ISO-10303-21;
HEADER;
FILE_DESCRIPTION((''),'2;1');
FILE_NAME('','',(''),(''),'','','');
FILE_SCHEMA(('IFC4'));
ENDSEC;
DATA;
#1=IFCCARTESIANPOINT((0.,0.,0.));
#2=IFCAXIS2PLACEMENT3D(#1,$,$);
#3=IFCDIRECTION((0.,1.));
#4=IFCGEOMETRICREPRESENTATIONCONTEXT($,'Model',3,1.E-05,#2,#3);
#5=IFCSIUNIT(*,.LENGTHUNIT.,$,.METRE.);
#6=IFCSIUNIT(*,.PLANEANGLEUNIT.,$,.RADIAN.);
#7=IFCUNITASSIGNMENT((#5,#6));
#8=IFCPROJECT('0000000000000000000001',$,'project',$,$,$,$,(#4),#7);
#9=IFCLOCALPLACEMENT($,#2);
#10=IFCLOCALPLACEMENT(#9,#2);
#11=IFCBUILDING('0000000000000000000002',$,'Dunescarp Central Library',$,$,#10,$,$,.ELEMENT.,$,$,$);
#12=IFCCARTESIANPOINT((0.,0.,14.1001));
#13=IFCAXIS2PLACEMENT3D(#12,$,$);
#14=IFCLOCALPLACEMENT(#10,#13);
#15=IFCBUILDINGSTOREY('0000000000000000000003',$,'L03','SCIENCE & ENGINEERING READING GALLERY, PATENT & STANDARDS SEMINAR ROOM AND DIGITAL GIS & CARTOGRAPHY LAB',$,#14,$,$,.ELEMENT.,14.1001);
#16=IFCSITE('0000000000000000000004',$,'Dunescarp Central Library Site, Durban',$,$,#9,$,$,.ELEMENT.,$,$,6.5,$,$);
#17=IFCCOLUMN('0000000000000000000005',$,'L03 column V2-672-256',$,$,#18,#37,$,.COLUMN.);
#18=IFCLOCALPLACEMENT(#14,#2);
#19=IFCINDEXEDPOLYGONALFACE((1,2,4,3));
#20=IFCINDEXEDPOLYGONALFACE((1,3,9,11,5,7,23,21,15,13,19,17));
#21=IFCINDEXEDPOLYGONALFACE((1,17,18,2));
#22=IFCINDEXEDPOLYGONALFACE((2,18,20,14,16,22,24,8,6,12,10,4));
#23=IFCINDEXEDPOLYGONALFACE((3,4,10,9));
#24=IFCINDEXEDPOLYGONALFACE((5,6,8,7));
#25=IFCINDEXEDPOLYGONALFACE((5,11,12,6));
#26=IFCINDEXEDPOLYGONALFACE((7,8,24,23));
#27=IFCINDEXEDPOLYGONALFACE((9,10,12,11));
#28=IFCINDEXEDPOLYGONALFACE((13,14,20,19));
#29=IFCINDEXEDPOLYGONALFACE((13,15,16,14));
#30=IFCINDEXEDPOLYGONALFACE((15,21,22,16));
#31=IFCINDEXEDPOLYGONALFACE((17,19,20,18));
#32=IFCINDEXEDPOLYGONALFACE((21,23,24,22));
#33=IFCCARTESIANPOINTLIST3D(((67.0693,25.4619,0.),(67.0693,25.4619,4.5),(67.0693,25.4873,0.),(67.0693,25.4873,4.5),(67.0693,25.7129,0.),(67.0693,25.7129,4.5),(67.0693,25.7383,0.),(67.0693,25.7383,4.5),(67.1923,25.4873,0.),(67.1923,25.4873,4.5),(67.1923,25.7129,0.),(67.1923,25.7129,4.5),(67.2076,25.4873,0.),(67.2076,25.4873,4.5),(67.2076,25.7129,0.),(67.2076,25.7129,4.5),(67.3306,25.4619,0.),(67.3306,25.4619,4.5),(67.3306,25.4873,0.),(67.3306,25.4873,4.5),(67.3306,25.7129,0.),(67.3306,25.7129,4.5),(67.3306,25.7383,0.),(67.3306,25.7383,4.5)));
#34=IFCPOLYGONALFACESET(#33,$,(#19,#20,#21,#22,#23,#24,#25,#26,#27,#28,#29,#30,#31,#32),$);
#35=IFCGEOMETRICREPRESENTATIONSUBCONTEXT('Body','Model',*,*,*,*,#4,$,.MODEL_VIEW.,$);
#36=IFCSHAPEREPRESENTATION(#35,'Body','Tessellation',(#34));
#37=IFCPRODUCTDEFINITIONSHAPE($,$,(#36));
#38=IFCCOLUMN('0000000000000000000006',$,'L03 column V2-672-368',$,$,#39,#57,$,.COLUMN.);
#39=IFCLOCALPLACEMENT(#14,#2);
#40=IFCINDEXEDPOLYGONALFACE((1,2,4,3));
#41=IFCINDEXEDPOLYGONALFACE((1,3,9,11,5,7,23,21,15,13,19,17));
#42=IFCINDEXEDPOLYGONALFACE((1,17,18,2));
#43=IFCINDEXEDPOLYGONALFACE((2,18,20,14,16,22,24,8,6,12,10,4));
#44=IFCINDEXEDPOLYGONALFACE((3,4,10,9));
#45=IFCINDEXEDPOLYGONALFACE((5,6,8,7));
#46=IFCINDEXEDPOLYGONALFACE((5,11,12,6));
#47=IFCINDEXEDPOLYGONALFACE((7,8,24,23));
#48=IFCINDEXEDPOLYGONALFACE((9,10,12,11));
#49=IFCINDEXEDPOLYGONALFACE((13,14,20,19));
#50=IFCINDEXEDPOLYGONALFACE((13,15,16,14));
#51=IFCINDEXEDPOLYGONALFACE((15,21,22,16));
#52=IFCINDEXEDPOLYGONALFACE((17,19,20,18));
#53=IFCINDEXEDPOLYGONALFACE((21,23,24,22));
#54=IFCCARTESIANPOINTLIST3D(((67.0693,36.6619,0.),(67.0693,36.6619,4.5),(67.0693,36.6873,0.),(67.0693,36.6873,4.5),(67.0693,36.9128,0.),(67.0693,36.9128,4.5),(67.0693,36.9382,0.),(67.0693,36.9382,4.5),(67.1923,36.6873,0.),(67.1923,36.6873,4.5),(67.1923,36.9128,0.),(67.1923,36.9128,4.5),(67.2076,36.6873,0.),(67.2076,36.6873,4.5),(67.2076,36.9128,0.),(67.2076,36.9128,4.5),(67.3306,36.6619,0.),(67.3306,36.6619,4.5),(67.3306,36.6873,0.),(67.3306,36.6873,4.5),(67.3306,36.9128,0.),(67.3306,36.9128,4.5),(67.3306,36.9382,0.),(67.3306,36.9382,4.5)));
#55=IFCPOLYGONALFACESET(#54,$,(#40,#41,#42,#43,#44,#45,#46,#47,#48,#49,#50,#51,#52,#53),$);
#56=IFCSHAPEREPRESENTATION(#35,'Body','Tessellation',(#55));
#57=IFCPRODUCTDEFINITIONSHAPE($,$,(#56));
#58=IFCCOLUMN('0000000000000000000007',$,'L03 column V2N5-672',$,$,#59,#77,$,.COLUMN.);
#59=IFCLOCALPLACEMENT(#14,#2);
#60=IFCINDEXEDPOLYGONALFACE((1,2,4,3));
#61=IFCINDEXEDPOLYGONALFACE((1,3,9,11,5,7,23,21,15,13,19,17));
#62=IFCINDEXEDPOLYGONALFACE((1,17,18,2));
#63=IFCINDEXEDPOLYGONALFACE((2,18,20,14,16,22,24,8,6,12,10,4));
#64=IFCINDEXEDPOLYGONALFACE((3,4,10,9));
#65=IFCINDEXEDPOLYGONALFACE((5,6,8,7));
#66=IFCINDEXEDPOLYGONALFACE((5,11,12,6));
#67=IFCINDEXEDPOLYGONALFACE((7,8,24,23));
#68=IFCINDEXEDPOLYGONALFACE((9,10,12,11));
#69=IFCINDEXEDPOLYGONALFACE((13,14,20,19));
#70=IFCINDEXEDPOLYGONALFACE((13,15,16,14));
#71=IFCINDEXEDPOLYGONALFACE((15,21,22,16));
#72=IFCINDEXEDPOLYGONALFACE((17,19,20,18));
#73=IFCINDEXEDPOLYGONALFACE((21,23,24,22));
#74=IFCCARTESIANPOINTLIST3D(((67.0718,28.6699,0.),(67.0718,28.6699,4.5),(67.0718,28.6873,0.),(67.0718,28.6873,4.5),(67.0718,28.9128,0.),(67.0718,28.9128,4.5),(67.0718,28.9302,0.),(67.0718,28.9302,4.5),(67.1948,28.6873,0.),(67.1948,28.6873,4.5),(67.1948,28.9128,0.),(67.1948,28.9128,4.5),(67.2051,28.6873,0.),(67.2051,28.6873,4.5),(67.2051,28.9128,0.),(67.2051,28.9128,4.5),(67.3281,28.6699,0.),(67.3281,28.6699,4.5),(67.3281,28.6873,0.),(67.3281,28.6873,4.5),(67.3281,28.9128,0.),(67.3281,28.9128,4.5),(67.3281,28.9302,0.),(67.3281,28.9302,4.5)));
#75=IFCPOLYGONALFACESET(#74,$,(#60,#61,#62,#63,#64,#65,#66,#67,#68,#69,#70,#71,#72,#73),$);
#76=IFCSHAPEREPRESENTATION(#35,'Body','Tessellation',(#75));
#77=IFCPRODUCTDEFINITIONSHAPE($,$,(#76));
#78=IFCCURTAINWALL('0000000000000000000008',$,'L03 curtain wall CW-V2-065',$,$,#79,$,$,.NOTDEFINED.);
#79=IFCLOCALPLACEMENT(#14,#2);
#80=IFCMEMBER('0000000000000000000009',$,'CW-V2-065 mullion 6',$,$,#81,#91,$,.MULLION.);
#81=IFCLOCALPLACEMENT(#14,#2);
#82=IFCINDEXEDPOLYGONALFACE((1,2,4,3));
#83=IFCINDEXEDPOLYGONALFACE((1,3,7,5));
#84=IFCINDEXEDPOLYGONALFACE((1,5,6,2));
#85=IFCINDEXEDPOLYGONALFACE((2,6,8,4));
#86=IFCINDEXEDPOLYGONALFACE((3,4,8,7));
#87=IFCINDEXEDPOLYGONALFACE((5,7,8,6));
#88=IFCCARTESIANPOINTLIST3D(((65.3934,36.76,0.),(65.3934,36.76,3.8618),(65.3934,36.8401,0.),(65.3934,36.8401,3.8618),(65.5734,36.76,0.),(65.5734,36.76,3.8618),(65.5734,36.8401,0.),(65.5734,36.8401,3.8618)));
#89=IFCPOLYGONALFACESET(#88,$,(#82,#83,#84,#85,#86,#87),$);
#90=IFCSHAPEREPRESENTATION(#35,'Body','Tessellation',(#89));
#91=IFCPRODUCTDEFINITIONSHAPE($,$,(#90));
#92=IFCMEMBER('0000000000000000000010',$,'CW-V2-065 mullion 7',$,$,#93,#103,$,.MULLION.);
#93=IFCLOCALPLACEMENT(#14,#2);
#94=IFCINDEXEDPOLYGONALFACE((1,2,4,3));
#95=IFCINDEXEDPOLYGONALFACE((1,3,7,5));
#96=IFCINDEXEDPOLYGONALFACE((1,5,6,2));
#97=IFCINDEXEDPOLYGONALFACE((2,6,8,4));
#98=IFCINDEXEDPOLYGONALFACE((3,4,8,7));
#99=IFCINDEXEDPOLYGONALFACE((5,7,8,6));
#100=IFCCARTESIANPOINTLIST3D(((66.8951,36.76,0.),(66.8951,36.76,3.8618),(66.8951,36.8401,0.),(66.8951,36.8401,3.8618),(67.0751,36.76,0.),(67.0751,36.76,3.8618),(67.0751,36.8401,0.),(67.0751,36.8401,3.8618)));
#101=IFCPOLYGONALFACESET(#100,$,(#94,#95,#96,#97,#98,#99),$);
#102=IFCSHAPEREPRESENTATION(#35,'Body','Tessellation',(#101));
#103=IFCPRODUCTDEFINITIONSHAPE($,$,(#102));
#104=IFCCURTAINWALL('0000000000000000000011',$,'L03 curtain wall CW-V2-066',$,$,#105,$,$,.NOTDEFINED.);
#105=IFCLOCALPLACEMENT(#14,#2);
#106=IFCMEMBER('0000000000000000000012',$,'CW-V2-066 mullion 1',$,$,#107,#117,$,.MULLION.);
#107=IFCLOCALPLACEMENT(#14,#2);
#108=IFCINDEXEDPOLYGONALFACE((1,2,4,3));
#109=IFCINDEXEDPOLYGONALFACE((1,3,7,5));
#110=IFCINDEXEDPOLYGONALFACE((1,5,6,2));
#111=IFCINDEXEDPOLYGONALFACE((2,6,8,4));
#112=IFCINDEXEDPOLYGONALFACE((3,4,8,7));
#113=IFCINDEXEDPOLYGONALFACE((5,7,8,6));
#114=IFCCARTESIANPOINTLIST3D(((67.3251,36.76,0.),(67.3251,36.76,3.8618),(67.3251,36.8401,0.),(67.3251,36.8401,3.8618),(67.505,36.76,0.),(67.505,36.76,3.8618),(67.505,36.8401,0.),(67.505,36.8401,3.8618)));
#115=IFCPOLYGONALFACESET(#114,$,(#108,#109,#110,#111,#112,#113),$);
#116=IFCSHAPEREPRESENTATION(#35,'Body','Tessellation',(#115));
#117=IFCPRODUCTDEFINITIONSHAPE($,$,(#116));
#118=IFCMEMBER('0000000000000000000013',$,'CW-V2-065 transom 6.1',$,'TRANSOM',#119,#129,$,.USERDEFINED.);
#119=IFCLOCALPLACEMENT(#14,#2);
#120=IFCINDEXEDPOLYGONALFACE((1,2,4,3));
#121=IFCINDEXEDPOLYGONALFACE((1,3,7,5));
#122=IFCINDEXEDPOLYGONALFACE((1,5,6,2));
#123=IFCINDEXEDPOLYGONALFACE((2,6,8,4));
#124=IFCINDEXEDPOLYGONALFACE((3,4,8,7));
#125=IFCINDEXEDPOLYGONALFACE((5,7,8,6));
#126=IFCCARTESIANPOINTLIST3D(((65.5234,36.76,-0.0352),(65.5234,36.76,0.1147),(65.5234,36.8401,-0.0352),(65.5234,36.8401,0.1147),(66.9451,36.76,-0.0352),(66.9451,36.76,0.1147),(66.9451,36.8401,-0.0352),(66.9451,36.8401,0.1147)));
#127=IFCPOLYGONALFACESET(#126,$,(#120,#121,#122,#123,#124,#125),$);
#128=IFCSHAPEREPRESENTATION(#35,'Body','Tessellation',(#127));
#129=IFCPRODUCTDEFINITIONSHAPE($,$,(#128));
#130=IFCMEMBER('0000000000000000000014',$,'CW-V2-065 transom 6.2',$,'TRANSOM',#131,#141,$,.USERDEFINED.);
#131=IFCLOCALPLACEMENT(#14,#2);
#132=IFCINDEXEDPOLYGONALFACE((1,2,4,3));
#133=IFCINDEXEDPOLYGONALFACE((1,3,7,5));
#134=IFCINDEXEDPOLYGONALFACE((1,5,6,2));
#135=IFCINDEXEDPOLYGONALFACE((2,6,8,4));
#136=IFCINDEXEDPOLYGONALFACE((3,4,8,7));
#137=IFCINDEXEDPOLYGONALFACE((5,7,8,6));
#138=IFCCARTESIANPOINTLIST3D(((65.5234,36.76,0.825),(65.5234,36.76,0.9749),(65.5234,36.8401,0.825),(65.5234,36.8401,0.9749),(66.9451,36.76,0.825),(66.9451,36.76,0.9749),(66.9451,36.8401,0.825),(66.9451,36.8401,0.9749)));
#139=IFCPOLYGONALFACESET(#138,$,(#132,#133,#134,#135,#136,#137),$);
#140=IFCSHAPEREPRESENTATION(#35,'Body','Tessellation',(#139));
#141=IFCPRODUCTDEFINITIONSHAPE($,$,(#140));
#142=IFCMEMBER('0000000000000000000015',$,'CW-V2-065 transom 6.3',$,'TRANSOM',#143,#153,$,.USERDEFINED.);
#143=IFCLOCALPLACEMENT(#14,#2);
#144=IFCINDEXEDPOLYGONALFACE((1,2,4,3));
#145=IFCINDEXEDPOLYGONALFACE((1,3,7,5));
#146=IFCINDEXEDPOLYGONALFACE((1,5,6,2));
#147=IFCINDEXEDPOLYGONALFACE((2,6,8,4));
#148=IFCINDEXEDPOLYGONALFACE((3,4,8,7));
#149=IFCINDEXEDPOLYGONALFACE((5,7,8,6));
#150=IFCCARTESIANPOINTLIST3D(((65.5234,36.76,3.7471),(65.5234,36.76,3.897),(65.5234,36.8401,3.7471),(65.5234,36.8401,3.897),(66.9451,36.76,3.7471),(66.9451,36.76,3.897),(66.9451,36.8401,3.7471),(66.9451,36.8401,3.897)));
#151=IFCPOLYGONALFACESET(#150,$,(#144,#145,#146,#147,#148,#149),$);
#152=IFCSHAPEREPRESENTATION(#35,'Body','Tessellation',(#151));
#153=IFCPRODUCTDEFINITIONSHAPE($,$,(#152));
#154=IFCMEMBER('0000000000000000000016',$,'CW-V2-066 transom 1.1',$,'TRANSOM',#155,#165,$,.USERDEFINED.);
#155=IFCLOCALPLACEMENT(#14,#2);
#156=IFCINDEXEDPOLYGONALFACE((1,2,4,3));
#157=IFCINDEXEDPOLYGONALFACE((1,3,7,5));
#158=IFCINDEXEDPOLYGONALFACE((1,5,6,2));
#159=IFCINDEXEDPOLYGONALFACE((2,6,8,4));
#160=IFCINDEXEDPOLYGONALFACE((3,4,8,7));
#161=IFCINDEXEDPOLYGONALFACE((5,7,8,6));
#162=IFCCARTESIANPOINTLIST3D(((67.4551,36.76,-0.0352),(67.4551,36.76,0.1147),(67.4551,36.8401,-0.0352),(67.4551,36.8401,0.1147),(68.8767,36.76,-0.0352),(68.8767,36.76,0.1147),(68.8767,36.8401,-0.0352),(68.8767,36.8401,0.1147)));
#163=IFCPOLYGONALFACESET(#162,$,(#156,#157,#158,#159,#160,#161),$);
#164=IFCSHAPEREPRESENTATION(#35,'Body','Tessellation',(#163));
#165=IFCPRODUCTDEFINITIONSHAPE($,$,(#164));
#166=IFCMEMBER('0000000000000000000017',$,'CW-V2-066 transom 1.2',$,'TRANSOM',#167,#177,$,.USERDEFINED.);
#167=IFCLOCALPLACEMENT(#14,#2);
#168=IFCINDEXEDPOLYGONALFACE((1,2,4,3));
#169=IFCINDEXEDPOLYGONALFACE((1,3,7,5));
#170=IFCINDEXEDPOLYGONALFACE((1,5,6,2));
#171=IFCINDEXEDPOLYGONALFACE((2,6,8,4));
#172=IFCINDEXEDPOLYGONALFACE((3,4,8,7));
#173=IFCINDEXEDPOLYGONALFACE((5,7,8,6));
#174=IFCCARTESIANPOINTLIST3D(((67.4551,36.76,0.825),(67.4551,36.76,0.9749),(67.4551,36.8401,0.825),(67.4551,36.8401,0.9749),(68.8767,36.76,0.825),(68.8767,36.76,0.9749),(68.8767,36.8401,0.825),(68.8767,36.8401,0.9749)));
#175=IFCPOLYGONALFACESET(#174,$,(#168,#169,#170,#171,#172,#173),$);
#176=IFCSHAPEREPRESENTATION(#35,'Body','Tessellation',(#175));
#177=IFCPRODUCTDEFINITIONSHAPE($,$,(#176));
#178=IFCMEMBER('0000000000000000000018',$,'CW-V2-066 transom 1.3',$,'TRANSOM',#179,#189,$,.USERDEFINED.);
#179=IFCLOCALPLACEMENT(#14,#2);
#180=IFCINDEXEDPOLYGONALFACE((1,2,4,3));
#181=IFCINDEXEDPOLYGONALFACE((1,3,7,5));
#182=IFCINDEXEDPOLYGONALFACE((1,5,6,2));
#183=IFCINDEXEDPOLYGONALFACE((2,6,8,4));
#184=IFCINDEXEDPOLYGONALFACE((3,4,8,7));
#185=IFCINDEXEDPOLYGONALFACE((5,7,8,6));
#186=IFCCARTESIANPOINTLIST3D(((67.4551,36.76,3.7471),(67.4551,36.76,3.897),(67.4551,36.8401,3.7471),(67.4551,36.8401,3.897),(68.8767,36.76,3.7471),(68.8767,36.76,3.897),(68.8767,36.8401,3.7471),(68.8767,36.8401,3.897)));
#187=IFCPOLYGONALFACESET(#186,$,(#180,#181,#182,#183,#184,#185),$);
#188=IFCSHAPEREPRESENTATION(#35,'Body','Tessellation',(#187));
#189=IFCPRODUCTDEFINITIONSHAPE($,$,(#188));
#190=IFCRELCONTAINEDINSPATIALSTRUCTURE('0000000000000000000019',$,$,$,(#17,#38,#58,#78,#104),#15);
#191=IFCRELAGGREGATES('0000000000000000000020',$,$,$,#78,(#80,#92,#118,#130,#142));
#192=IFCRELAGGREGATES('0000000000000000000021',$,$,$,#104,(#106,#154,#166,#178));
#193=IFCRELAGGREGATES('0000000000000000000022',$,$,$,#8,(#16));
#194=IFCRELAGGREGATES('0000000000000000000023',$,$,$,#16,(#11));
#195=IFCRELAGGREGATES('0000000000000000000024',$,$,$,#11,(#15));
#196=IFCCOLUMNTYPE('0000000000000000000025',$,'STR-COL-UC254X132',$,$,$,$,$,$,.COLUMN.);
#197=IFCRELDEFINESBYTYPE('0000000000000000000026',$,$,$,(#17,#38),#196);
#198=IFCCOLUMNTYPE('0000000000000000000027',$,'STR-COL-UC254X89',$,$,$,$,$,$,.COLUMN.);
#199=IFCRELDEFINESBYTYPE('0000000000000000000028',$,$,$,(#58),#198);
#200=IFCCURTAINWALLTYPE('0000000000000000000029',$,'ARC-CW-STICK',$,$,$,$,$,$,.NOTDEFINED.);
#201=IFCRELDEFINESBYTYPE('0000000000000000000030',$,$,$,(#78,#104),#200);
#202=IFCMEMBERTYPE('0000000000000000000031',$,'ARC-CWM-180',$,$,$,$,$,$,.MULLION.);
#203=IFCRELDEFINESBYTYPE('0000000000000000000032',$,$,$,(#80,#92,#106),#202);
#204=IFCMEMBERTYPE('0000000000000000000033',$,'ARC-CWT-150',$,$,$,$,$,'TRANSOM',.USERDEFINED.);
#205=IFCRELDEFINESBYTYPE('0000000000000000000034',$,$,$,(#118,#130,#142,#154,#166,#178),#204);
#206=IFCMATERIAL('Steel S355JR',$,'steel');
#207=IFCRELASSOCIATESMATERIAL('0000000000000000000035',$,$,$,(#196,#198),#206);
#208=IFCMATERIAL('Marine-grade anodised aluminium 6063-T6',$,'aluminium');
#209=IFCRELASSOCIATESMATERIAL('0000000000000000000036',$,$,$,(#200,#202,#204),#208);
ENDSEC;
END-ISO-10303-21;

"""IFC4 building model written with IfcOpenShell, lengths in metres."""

from ifc_helpers import new_model, si_unit, direction, frame, origin, origin_2d, place, context, subcontext, project, spatial, rectangle, i_section, extrude, material, material_profile, profile_set, type_object, element, aggregate, save


model = new_model("IFC4")

# Units and contexts
model_context = context("Model", 3, precision=1e-05, world=origin(), true_north=direction((0.0, 1.0)))
body_context = subcontext(model_context, "Body", "Model", "MODEL_VIEW")
ifc_project = project(units=[si_unit("LENGTHUNIT", "METRE"), si_unit("PLANEANGLEUNIT", "RADIAN")], contexts=[model_context])

# Site, building, storey
site_placement = place(None, origin())
site = spatial("IfcSite", under=ifc_project, at=site_placement, Name="Dunescarp Central Library Site, Durban", CompositionType="ELEMENT", RefElevation=6.5)
building_placement = place(site_placement, origin())
building = spatial("IfcBuilding", under=site, at=building_placement, Name="Dunescarp Central Library", CompositionType="ELEMENT")
storey_placement = place(building_placement, frame((0.0, 0.0, 14.1001)))
storey = spatial("IfcBuildingStorey", under=building, at=storey_placement, Name="L03", Description="SCIENCE & ENGINEERING READING GALLERY, PATENT & STANDARDS SEMINAR ROOM AND DIGITAL GIS & CARTOGRAPHY LAB", CompositionType="ELEMENT", Elevation=14.1001)

# Columns
ifc_material_1 = material(Name="Steel S355JR", Category="steel")
ifc_material_profile_1 = material_profile(ifc_material_1, i_section(OverallWidth=0.2612, OverallDepth=0.2764, WebThickness=0.0154, FlangeThickness=0.0254, at=origin_2d()), Name="UC 254x254x132")
ifc_profile_set_1 = profile_set([ifc_material_profile_1], Name="Steel S355JR")
column_type_1 = type_object("IfcColumnType", Name="STR-COL-UC254X132", PredefinedType="COLUMN", material=ifc_profile_set_1)
for number, where, z_axis, x_axis, name in (
    (1, (67.2, 25.6001, 0.0), (0.0, 0.0, 1.0), (1.0, 0.0, 0.0), "L03 column V2-672-256"),
    (2, (67.2, 36.8, 0.0), (0.0, 0.0, 1.0), (1.0, 0.0, 0.0), "L03 column V2-672-368"),
):
    element("IfcColumn", number, at=place(storey_placement, frame(where, z_axis=z_axis, x_axis=x_axis)), inside=storey, type_object=column_type_1, Name=name, PredefinedType="COLUMN", context=body_context, shape_type="SweptSolid", body=[
        extrude(i_section(OverallWidth=0.2612, OverallDepth=0.2764, WebThickness=0.0154, FlangeThickness=0.0254, at=origin_2d()), origin(), (0.0, 0.0, 1.0), 4.5),
    ])
ifc_material_profile_2 = material_profile(ifc_material_1, i_section(OverallWidth=0.2563, OverallDepth=0.2603, WebThickness=0.0103, FlangeThickness=0.0173, at=origin_2d()), Name="UC 254x254x89")
ifc_profile_set_2 = profile_set([ifc_material_profile_2], Name="Steel S355JR")
column_type_2 = type_object("IfcColumnType", Name="STR-COL-UC254X89", PredefinedType="COLUMN", material=ifc_profile_set_2)
column_placement = place(storey_placement, frame((67.2, 28.8, 0.0), z_axis=(0.0, 0.0, 1.0), x_axis=(1.0, 0.0, 0.0)))
element("IfcColumn", 3, at=column_placement, inside=storey, type_object=column_type_2, Name="L03 column V2N5-672", PredefinedType="COLUMN", context=body_context, shape_type="SweptSolid", body=[
    extrude(i_section(OverallWidth=0.2563, OverallDepth=0.2603, WebThickness=0.0103, FlangeThickness=0.0173, at=origin_2d()), origin(), (0.0, 0.0, 1.0), 4.5),
])

# Curtain wall, members
ifc_material_2 = material(Name="Marine-grade anodised aluminium 6063-T6", Category="aluminium")
curtain_wall_type = type_object("IfcCurtainWallType", Name="ARC-CW-STICK", PredefinedType="NOTDEFINED", material=ifc_material_2)
curtain_wall_1_placement = place(storey_placement, origin())
curtain_wall_1 = element("IfcCurtainWall", 4, at=curtain_wall_1_placement, inside=storey, type_object=curtain_wall_type, Name="L03 curtain wall CW-V2-065", PredefinedType="NOTDEFINED")
ifc_material_profile_3 = material_profile(ifc_material_2, rectangle(XDim=0.0801, YDim=0.1799, at=origin_2d()), Name="AL 80x180")
ifc_profile_set_3 = profile_set([ifc_material_profile_3], Name="Marine-grade anodised aluminium 6063-T6")
member_type_1 = type_object("IfcMemberType", Name="ARC-CWM-180", PredefinedType="MULLION", material=ifc_profile_set_3)
member_1_placement = place(storey_placement, frame((65.4834, 36.8, 0.0), z_axis=(0.0, 0.0, 1.0), x_axis=(0.0, 1.0, 0.0)))
member_1 = element("IfcMember", 5, at=member_1_placement, type_object=member_type_1, Name="CW-V2-065 mullion 6", PredefinedType="MULLION", context=body_context, shape_type="SweptSolid", body=[
    extrude(rectangle(XDim=0.0801, YDim=0.1799, at=origin_2d()), origin(), (0.0, 0.0, 1.0), 3.8618),
])
member_2_placement = place(storey_placement, frame((66.9851, 36.8, 0.0), z_axis=(0.0, 0.0, 1.0), x_axis=(0.0, 1.0, 0.0)))
member_2 = element("IfcMember", 6, at=member_2_placement, type_object=member_type_1, Name="CW-V2-065 mullion 7", PredefinedType="MULLION", context=body_context, shape_type="SweptSolid", body=[
    extrude(rectangle(XDim=0.0801, YDim=0.1799, at=origin_2d()), origin(), (0.0, 0.0, 1.0), 3.8618),
])

# Curtain wall, member
curtain_wall_2_placement = place(storey_placement, origin())
curtain_wall_2 = element("IfcCurtainWall", 7, at=curtain_wall_2_placement, inside=storey, type_object=curtain_wall_type, Name="L03 curtain wall CW-V2-066", PredefinedType="NOTDEFINED")
member_3_placement = place(storey_placement, frame((67.415, 36.8, 0.0), z_axis=(0.0, 0.0, 1.0), x_axis=(0.0, 1.0, 0.0)))
member_3 = element("IfcMember", 8, at=member_3_placement, type_object=member_type_1, Name="CW-V2-066 mullion 1", PredefinedType="MULLION", context=body_context, shape_type="SweptSolid", body=[
    extrude(rectangle(XDim=0.0801, YDim=0.1799, at=origin_2d()), origin(), (0.0, 0.0, 1.0), 3.8618),
])

# Members
ifc_material_profile_4 = material_profile(ifc_material_2, rectangle(XDim=0.0801, YDim=0.1499, at=origin_2d()), Name="AL 80x150")
ifc_profile_set_4 = profile_set([ifc_material_profile_4], Name="Marine-grade anodised aluminium 6063-T6")
member_type_2 = type_object("IfcMemberType", Name="ARC-CWT-150", ElementType="TRANSOM", PredefinedType="USERDEFINED", material=ifc_profile_set_4)
member_4_placement = place(storey_placement, frame((65.5234, 36.8, 0.0398), z_axis=(1.0, 0.0, 0.0), x_axis=(0.0, 1.0, 0.0)))
member_4 = element("IfcMember", 9, at=member_4_placement, type_object=member_type_2, Name="CW-V2-065 transom 6.1", ObjectType="TRANSOM", PredefinedType="USERDEFINED", context=body_context, shape_type="SweptSolid", body=[
    extrude(rectangle(XDim=0.0801, YDim=0.1499, at=origin_2d()), origin(), (0.0, 0.0, 1.0), 1.4216),
])
member_5_placement = place(storey_placement, frame((65.5234, 36.8, 0.8999), z_axis=(1.0, 0.0, 0.0), x_axis=(0.0, 1.0, 0.0)))
member_5 = element("IfcMember", 10, at=member_5_placement, type_object=member_type_2, Name="CW-V2-065 transom 6.2", ObjectType="TRANSOM", PredefinedType="USERDEFINED", context=body_context, shape_type="SweptSolid", body=[
    extrude(rectangle(XDim=0.0801, YDim=0.1499, at=origin_2d()), origin(), (0.0, 0.0, 1.0), 1.4216),
])
member_6_placement = place(storey_placement, frame((65.5234, 36.8, 3.822), z_axis=(1.0, 0.0, 0.0), x_axis=(0.0, 1.0, 0.0)))
member_6 = element("IfcMember", 11, at=member_6_placement, type_object=member_type_2, Name="CW-V2-065 transom 6.3", ObjectType="TRANSOM", PredefinedType="USERDEFINED", context=body_context, shape_type="SweptSolid", body=[
    extrude(rectangle(XDim=0.0801, YDim=0.1499, at=origin_2d()), origin(), (0.0, 0.0, 1.0), 1.4216),
])
member_7_placement = place(storey_placement, frame((67.4551, 36.8, 0.0398), z_axis=(1.0, 0.0, 0.0), x_axis=(0.0, 1.0, 0.0)))
member_7 = element("IfcMember", 12, at=member_7_placement, type_object=member_type_2, Name="CW-V2-066 transom 1.1", ObjectType="TRANSOM", PredefinedType="USERDEFINED", context=body_context, shape_type="SweptSolid", body=[
    extrude(rectangle(XDim=0.0801, YDim=0.1499, at=origin_2d()), origin(), (0.0, 0.0, 1.0), 1.4216),
])
member_8_placement = place(storey_placement, frame((67.4551, 36.8, 0.8999), z_axis=(1.0, 0.0, 0.0), x_axis=(0.0, 1.0, 0.0)))
member_8 = element("IfcMember", 13, at=member_8_placement, type_object=member_type_2, Name="CW-V2-066 transom 1.2", ObjectType="TRANSOM", PredefinedType="USERDEFINED", context=body_context, shape_type="SweptSolid", body=[
    extrude(rectangle(XDim=0.0801, YDim=0.1499, at=origin_2d()), origin(), (0.0, 0.0, 1.0), 1.4216),
])
member_9_placement = place(storey_placement, frame((67.4551, 36.8, 3.822), z_axis=(1.0, 0.0, 0.0), x_axis=(0.0, 1.0, 0.0)))
member_9 = element("IfcMember", 14, at=member_9_placement, type_object=member_type_2, Name="CW-V2-066 transom 1.3", ObjectType="TRANSOM", PredefinedType="USERDEFINED", context=body_context, shape_type="SweptSolid", body=[
    extrude(rectangle(XDim=0.0801, YDim=0.1499, at=origin_2d()), origin(), (0.0, 0.0, 1.0), 1.4216),
])

aggregate(curtain_wall_1, [member_1, member_2, member_4, member_5, member_6])
aggregate(curtain_wall_2, [member_3, member_7, member_8, member_9])

save(model, "model.ifc")
